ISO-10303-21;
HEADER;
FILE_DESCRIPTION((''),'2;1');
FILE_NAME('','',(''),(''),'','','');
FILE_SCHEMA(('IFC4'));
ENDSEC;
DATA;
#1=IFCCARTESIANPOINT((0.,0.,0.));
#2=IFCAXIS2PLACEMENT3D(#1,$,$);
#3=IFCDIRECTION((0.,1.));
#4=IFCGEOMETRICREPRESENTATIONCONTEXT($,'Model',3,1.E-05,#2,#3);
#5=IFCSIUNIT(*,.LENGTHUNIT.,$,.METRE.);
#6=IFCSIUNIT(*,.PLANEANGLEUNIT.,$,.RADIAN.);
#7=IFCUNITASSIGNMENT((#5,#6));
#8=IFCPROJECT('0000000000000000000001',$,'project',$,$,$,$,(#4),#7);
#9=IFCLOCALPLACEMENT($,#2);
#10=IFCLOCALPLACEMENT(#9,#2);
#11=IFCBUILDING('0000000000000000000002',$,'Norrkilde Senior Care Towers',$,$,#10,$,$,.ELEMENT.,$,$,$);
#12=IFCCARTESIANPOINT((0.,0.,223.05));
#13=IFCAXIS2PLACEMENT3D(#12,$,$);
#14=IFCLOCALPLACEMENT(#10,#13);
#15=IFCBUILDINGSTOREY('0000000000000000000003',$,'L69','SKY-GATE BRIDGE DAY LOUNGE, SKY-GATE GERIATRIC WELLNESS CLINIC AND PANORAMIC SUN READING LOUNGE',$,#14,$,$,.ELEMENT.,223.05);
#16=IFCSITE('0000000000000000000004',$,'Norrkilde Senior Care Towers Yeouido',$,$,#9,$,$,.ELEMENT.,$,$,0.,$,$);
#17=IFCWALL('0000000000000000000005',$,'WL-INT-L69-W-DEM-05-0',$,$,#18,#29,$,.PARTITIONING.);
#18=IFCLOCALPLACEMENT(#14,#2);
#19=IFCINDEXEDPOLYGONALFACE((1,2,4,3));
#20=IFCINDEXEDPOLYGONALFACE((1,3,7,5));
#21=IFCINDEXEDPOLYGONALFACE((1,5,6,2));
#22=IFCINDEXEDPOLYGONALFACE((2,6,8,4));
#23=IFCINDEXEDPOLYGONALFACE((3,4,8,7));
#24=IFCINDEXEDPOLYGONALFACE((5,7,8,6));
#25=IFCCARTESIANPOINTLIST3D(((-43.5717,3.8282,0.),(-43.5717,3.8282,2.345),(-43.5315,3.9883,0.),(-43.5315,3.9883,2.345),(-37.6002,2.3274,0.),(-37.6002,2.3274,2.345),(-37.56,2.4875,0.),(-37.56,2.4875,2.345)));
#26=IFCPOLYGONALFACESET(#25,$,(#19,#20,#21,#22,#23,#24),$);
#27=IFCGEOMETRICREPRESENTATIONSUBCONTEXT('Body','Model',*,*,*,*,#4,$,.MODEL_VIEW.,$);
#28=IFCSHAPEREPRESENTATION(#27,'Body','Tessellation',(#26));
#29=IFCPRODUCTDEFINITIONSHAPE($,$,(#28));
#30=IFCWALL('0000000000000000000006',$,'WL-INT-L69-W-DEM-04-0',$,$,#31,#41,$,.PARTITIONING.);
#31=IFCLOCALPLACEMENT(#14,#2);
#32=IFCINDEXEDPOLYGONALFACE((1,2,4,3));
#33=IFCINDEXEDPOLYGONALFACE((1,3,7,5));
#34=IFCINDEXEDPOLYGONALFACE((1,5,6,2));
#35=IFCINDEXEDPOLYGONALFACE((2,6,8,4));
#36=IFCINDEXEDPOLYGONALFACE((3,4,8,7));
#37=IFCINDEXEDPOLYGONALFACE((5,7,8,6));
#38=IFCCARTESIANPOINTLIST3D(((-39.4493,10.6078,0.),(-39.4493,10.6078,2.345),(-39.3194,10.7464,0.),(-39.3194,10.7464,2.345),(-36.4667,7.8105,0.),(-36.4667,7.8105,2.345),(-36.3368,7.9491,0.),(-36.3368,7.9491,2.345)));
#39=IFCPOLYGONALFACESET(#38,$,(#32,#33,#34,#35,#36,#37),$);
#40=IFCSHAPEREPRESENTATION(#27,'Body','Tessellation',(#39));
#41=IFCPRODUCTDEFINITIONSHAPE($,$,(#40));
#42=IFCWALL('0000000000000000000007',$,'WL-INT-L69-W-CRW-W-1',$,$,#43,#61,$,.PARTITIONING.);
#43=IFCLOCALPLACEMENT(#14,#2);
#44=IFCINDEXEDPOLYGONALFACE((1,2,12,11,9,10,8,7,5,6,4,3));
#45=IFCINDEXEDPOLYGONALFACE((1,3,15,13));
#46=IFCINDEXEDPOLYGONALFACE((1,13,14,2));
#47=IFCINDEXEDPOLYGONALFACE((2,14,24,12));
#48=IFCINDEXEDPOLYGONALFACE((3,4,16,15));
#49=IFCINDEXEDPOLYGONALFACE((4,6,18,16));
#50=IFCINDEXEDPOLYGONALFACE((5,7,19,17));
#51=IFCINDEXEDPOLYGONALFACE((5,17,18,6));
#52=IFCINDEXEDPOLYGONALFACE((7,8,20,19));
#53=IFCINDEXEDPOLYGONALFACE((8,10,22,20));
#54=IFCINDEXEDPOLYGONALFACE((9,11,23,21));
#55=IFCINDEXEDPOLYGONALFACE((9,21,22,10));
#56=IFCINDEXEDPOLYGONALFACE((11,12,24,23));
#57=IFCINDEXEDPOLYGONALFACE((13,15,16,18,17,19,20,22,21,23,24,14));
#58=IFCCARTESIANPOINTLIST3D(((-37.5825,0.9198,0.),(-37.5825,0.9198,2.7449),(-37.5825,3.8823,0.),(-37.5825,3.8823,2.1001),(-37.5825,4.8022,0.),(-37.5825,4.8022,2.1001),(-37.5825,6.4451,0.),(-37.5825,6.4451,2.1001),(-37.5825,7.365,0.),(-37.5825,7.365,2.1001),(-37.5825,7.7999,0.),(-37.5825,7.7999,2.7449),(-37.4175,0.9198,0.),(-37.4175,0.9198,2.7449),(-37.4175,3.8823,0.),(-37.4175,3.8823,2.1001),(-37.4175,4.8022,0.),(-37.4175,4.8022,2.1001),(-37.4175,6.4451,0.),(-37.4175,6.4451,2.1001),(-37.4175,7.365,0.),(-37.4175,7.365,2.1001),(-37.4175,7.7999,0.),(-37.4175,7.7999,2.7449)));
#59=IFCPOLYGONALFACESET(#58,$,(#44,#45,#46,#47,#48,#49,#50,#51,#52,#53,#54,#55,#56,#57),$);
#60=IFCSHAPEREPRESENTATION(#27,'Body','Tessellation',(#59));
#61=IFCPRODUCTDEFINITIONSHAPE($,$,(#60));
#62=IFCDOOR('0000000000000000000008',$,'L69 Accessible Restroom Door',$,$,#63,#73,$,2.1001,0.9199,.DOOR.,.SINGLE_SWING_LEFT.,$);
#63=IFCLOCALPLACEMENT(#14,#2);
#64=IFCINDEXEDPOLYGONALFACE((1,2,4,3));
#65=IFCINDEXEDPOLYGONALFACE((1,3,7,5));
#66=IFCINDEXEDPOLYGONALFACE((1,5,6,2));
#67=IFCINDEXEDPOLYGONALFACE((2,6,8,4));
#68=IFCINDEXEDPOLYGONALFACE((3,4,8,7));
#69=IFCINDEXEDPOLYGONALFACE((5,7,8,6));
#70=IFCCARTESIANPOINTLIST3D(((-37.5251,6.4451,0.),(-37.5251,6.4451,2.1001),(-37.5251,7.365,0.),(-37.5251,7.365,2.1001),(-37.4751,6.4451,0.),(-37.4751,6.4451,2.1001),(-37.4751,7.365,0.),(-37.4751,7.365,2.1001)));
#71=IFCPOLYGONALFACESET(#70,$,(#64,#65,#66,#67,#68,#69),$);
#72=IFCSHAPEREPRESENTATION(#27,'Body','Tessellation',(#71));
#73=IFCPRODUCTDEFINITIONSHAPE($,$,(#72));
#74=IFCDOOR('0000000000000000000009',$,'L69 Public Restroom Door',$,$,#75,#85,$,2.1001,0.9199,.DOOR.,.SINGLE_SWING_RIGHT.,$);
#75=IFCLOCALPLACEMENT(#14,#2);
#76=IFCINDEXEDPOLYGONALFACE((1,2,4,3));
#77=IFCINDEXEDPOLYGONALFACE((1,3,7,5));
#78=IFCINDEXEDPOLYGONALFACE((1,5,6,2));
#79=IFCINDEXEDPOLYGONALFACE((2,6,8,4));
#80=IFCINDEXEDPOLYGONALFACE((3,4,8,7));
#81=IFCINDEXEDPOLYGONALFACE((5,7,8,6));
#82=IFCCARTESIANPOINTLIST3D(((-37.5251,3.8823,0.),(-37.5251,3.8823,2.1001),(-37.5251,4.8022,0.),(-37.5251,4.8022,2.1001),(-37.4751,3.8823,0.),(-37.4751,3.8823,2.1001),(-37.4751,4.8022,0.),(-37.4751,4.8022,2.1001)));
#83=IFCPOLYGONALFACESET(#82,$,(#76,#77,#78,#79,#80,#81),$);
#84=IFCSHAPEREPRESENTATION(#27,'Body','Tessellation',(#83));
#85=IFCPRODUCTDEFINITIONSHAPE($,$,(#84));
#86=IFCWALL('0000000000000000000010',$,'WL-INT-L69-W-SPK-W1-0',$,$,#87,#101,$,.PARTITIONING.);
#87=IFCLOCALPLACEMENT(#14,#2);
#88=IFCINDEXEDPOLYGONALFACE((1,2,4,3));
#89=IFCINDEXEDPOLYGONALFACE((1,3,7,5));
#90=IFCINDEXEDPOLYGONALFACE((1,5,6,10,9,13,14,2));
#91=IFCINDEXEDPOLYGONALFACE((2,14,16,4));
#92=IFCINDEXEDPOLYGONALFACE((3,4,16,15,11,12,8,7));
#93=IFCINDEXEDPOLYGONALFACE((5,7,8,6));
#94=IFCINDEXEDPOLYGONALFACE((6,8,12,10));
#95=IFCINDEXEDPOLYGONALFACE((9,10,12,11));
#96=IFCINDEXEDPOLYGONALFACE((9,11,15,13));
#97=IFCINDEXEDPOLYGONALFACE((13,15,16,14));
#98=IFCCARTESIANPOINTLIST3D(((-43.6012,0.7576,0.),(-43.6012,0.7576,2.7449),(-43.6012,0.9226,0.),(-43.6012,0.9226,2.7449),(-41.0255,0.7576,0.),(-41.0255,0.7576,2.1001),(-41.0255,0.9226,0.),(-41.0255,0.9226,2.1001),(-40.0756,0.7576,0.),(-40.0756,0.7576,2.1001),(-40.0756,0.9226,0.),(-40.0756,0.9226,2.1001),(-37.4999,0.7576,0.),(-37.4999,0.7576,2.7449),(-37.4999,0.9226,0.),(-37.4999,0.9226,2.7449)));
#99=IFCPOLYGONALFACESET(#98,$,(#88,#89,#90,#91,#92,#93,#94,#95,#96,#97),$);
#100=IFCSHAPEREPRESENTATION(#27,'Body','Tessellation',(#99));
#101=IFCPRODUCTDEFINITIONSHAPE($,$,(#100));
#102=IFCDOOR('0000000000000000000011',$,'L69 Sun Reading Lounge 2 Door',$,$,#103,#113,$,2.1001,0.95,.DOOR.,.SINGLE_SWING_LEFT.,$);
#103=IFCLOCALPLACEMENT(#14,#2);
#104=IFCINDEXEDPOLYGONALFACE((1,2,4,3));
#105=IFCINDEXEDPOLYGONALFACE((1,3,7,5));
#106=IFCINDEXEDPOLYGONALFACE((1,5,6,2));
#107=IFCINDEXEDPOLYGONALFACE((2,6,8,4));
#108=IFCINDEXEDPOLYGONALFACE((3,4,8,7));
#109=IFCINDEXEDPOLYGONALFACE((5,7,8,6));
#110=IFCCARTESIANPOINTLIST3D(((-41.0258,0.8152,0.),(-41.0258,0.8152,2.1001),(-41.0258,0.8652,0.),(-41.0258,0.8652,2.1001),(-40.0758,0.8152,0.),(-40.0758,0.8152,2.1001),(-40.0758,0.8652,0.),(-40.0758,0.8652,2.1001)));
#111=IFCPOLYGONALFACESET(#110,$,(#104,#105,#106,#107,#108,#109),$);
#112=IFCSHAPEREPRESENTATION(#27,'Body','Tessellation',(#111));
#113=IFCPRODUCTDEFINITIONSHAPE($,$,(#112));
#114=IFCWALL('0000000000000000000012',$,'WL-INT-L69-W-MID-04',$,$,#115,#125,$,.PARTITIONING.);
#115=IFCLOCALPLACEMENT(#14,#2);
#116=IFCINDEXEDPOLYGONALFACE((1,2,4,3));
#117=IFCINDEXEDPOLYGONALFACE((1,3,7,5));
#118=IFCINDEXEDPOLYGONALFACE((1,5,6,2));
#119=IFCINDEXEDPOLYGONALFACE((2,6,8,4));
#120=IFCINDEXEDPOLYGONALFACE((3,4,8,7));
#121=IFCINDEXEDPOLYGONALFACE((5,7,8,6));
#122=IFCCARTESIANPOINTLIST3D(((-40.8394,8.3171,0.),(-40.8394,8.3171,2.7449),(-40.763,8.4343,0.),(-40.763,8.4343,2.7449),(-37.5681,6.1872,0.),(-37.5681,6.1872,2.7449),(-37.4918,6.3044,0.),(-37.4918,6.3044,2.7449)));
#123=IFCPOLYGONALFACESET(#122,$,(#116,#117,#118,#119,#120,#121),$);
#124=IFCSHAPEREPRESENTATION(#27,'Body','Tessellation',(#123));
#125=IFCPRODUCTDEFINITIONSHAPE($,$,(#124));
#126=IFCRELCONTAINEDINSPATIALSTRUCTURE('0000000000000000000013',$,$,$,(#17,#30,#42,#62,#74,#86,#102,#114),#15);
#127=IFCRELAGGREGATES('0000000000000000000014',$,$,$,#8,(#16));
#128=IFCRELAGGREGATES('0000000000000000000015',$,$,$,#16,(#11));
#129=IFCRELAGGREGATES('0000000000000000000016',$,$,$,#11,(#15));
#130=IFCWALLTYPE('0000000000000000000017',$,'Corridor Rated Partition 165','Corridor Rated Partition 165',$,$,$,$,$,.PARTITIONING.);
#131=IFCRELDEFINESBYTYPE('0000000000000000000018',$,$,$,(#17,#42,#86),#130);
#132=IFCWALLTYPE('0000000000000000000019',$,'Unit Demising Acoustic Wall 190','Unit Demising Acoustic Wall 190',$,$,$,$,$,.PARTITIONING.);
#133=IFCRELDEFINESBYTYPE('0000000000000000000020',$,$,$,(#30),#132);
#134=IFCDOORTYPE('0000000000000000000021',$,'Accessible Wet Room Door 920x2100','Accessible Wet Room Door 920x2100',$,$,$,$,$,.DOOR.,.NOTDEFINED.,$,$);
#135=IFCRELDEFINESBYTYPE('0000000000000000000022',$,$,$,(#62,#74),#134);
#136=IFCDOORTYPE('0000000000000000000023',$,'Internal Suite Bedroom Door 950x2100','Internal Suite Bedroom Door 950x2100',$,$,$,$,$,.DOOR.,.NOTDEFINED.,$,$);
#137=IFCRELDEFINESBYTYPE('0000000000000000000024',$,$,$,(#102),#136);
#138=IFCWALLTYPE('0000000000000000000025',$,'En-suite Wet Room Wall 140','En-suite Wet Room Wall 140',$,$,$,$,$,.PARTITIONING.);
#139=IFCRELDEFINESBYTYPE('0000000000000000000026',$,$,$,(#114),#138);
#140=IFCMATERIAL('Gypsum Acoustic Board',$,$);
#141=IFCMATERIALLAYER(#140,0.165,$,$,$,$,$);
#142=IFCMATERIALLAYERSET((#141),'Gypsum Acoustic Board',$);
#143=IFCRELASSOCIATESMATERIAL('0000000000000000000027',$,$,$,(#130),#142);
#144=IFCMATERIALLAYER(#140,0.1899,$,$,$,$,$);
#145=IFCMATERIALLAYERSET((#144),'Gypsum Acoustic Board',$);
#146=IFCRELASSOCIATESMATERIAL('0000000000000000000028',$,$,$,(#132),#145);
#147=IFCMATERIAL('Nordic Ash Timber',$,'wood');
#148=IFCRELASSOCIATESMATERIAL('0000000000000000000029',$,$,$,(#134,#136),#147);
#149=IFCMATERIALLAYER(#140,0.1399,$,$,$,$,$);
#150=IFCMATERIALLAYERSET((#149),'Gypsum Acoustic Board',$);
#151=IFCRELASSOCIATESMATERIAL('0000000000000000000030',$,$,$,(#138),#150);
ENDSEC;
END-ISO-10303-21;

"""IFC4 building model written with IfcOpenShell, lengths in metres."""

from ifc_helpers import new_model, si_unit, direction, frame, frame_2d, origin, place, context, subcontext, project, spatial, rectangle, extrude, source, transform, mapped, material, layer, layer_set, type_object, type_shapes, element, fill, save


model = new_model("IFC4")

# Units and contexts
model_context = context("Model", 3, precision=1e-05, world=origin(), true_north=direction((0.0, 1.0)))
body_context = subcontext(model_context, "Body", "Model", "MODEL_VIEW")
ifc_project = project(units=[si_unit("LENGTHUNIT", "METRE"), si_unit("PLANEANGLEUNIT", "RADIAN")], contexts=[model_context])

# Site, building, storey
site_placement = place(None, origin())
site = spatial("IfcSite", under=ifc_project, at=site_placement, Name="Norrkilde Senior Care Towers Yeouido", CompositionType="ELEMENT", RefElevation=0.0)
building_placement = place(site_placement, origin())
building = spatial("IfcBuilding", under=site, at=building_placement, Name="Norrkilde Senior Care Towers", CompositionType="ELEMENT")
storey_placement = place(building_placement, frame((0.0, 0.0, 223.05)))
storey = spatial("IfcBuildingStorey", under=building, at=storey_placement, Name="L69", Description="SKY-GATE BRIDGE DAY LOUNGE, SKY-GATE GERIATRIC WELLNESS CLINIC AND PANORAMIC SUN READING LOUNGE", CompositionType="ELEMENT", Elevation=223.05)

# Walls
ifc_material_1 = material(Name="Gypsum Acoustic Board")
ifc_layer_1 = layer(ifc_material_1, 0.165)
ifc_layer_set_1 = layer_set([ifc_layer_1], Name="Gypsum Acoustic Board")
wall_type_1 = type_object("IfcWallType", Name="Corridor Rated Partition 165", Description="Corridor Rated Partition 165", PredefinedType="PARTITIONING", material=ifc_layer_set_1)
shared_shape_1 = source(origin(), body_context, "Body", "SweptSolid", [
    extrude(rectangle(XDim=6.1572, YDim=0.165, at=frame_2d((3.0786, 0.0))), origin(), (0.0, 0.0, 1.0), 2.345),
])
wall_1_placement = place(storey_placement, frame((-37.5801, 2.4075, 0.0), z_axis=(0.0, 0.0, 1.0), x_axis=(-0.969841, 0.243739, 0.0)))
element("IfcWall", 1, at=wall_1_placement, inside=storey, type_object=wall_type_1, Name="WL-INT-L69-W-DEM-05-0", PredefinedType="PARTITIONING", context=body_context, shape_type="MappedRepresentation", body=[
    mapped(shared_shape_1, transform((0.0, 0.0, 0.0), x_axis=(1.0, 0.0, 0.0), y_axis=(0.0, 1.0, 0.0), z_axis=(0.0, 0.0, 1.0), scale=1.0)),
])
ifc_layer_2 = layer(ifc_material_1, 0.1899)
ifc_layer_set_2 = layer_set([ifc_layer_2], Name="Gypsum Acoustic Board")
wall_type_2 = type_object("IfcWallType", Name="Unit Demising Acoustic Wall 190", Description="Unit Demising Acoustic Wall 190", PredefinedType="PARTITIONING", material=ifc_layer_set_2)
shared_shape_2 = source(origin(), body_context, "Body", "SweptSolid", [
    extrude(rectangle(XDim=4.0891, YDim=0.1899, at=frame_2d((2.0444, 0.0))), origin(), (0.0, 0.0, 1.0), 2.345),
])
type_shapes(wall_type_2, [shared_shape_2])
wall_2_placement = place(storey_placement, frame((-36.4019, 7.8799, 0.0), z_axis=(0.0, 0.0, 1.0), x_axis=(-0.729401, 0.684086, 0.0)))
element("IfcWall", 2, at=wall_2_placement, inside=storey, type_object=wall_type_2, Name="WL-INT-L69-W-DEM-04-0", PredefinedType="PARTITIONING", context=body_context, shape_type="MappedRepresentation", body=[
    mapped(shared_shape_2, transform((0.0, 0.0, 0.0), x_axis=(1.0, 0.0, 0.0), y_axis=(0.0, 1.0, 0.0), z_axis=(0.0, 0.0, 1.0), scale=1.0)),
])

# Wall, openings, doors
ifc_material_2 = material(Name="Nordic Ash Timber", Category="wood")
shared_shape_3 = source(origin(), body_context, "Body", "SweptSolid", [
    extrude(rectangle(XDim=6.8801, YDim=0.165, at=frame_2d((3.4399, 0.0))), origin(), (0.0, 0.0, 1.0), 2.7449),
])
wall_3_placement = place(storey_placement, frame((-37.5, 0.9199, 0.0), z_axis=(0.0, 0.0, 1.0), x_axis=(0.0, 1.0, 0.0)))
wall_3 = element("IfcWall", 3, at=wall_3_placement, inside=storey, type_object=wall_type_1, Name="WL-INT-L69-W-CRW-W-1", PredefinedType="PARTITIONING", context=body_context, shape_type="MappedRepresentation", body=[
    mapped(shared_shape_3, transform((0.0, 0.0, 0.0), x_axis=(1.0, 0.0, 0.0), y_axis=(0.0, 1.0, 0.0), z_axis=(0.0, 0.0, 1.0), scale=1.0)),
])
opening_1_placement = place(wall_3_placement, frame((5.5251, 0.0, 0.0)))
opening_1 = element("IfcOpeningElement", 4, at=opening_1_placement, cuts=wall_3, PredefinedType="OPENING", context=body_context, shape_type="SweptSolid", body=[
    extrude(rectangle(XDim=0.9199, YDim=2.1001, at=frame_2d((0.46, 1.05))), frame((0.0, 0.0925, 0.0), z_axis=(0.0, -1.0, 0.0), x_axis=(1.0, 0.0, 0.0)), (0.0, 0.0, 1.0), 0.1851),
])
opening_2_placement = place(wall_3_placement, frame((2.9624, 0.0, 0.0)))
opening_2 = element("IfcOpeningElement", 5, at=opening_2_placement, cuts=wall_3, PredefinedType="OPENING", context=body_context, shape_type="SweptSolid", body=[
    extrude(rectangle(XDim=0.9199, YDim=2.1001, at=frame_2d((0.46, 1.05))), frame((0.0, 0.0925, 0.0), z_axis=(0.0, -1.0, 0.0), x_axis=(1.0, 0.0, 0.0)), (0.0, 0.0, 1.0), 0.1851),
])
door_type_1 = type_object("IfcDoorType", Name="Accessible Wet Room Door 920x2100", Description="Accessible Wet Room Door 920x2100", OperationType="NOTDEFINED", PredefinedType="DOOR", material=ifc_material_2)
shared_shape_4 = source(origin(), body_context, "Body", "SweptSolid", [
    extrude(rectangle(XDim=0.9199, YDim=2.1001, at=frame_2d((0.46, 1.05))), frame((0.0, 0.0249, 0.0), z_axis=(0.0, -1.0, 0.0), x_axis=(1.0, 0.0, 0.0)), (0.0, 0.0, 1.0), 0.05),
])
type_shapes(door_type_1, [shared_shape_4])
door_1_placement = place(opening_1_placement, frame((0.9199, 0.0, 0.0), z_axis=(0.0, 0.0, 1.0), x_axis=(-1.0, 0.0, 0.0)))
door_1 = element("IfcDoor", 6, at=door_1_placement, inside=storey, type_object=door_type_1, Name="L69 Accessible Restroom Door", OperationType="SINGLE_SWING_LEFT", OverallHeight=2.1001, OverallWidth=0.9199, PredefinedType="DOOR", context=body_context, shape_type="MappedRepresentation", body=[
    mapped(shared_shape_4, transform((0.0, 0.0, 0.0), x_axis=(1.0, 0.0, 0.0), y_axis=(0.0, 1.0, 0.0), z_axis=(0.0, 0.0, 1.0), scale=1.0)),
])
fill(opening_1, door_1)
door_2_placement = place(opening_2_placement, frame((0.9199, 0.0, 0.0), z_axis=(0.0, 0.0, 1.0), x_axis=(-1.0, 0.0, 0.0)))
door_2 = element("IfcDoor", 7, at=door_2_placement, inside=storey, type_object=door_type_1, Name="L69 Public Restroom Door", OperationType="SINGLE_SWING_RIGHT", OverallHeight=2.1001, OverallWidth=0.9199, PredefinedType="DOOR", context=body_context, shape_type="MappedRepresentation", body=[
    mapped(shared_shape_4, transform((0.0, 0.0, 0.0), x_axis=(1.0, 0.0, 0.0), y_axis=(0.0, 1.0, 0.0), z_axis=(0.0, 0.0, 1.0), scale=1.0)),
])
fill(opening_2, door_2)

# Wall, opening, door
shared_shape_5 = source(origin(), body_context, "Body", "SweptSolid", [
    extrude(rectangle(XDim=6.1013, YDim=0.165, at=frame_2d((3.0508, 0.0))), origin(), (0.0, 0.0, 1.0), 2.7449),
])
wall_4_placement = place(storey_placement, frame((-43.6013, 0.8401, 0.0), z_axis=(0.0, 0.0, 1.0), x_axis=(1.0, 0.0, 0.0)))
wall_4 = element("IfcWall", 8, at=wall_4_placement, inside=storey, type_object=wall_type_1, Name="WL-INT-L69-W-SPK-W1-0", PredefinedType="PARTITIONING", context=body_context, shape_type="MappedRepresentation", body=[
    mapped(shared_shape_5, transform((0.0, 0.0, 0.0), x_axis=(1.0, 0.0, 0.0), y_axis=(0.0, 1.0, 0.0), z_axis=(0.0, 0.0, 1.0), scale=1.0)),
])
opening_3_placement = place(wall_4_placement, frame((2.5757, 0.0, 0.0)))
opening_3 = element("IfcOpeningElement", 9, at=opening_3_placement, cuts=wall_4, PredefinedType="OPENING", context=body_context, shape_type="SweptSolid", body=[
    extrude(rectangle(XDim=0.95, YDim=2.1001, at=frame_2d((0.4751, 1.05))), frame((0.0, 0.0925, 0.0), z_axis=(0.0, -1.0, 0.0), x_axis=(1.0, 0.0, 0.0)), (0.0, 0.0, 1.0), 0.1851),
])
door_type_2 = type_object("IfcDoorType", Name="Internal Suite Bedroom Door 950x2100", Description="Internal Suite Bedroom Door 950x2100", OperationType="NOTDEFINED", PredefinedType="DOOR", material=ifc_material_2)
shared_shape_6 = source(origin(), body_context, "Body", "SweptSolid", [
    extrude(rectangle(XDim=0.95, YDim=2.1001, at=frame_2d((0.4751, 1.05))), frame((0.0, 0.0249, 0.0), z_axis=(0.0, -1.0, 0.0), x_axis=(1.0, 0.0, 0.0)), (0.0, 0.0, 1.0), 0.05),
])
type_shapes(door_type_2, [shared_shape_6])
door_3_placement = place(opening_3_placement, frame((0.95, 0.0, 0.0), z_axis=(0.0, 0.0, 1.0), x_axis=(-1.0, 0.0, 0.0)))
door_3 = element("IfcDoor", 10, at=door_3_placement, inside=storey, type_object=door_type_2, Name="L69 Sun Reading Lounge 2 Door", OperationType="SINGLE_SWING_LEFT", OverallHeight=2.1001, OverallWidth=0.95, PredefinedType="DOOR", context=body_context, shape_type="MappedRepresentation", body=[
    mapped(shared_shape_6, transform((0.0, 0.0, 0.0), x_axis=(1.0, 0.0, 0.0), y_axis=(0.0, 1.0, 0.0), z_axis=(0.0, 0.0, 1.0), scale=1.0)),
])
fill(opening_3, door_3)

# Wall
ifc_layer_3 = layer(ifc_material_1, 0.1399)
ifc_layer_set_3 = layer_set([ifc_layer_3], Name="Gypsum Acoustic Board")
wall_type_3 = type_object("IfcWallType", Name="En-suite Wet Room Wall 140", Description="En-suite Wet Room Wall 140", PredefinedType="PARTITIONING", material=ifc_layer_set_3)
shared_shape_7 = source(origin(), body_context, "Body", "SweptSolid", [
    extrude(rectangle(XDim=3.9036, YDim=0.1399, at=frame_2d((1.9517, 0.0))), origin(), (0.0, 0.0, 1.0), 2.7449),
])
type_shapes(wall_type_3, [shared_shape_7])
wall_5_placement = place(storey_placement, frame((-37.53, 6.2458, 0.0), z_axis=(0.0, 0.0, 1.0), x_axis=(-0.838025, 0.545632, 0.0)))
element("IfcWall", 11, at=wall_5_placement, inside=storey, type_object=wall_type_3, Name="WL-INT-L69-W-MID-04", PredefinedType="PARTITIONING", context=body_context, shape_type="MappedRepresentation", body=[
    mapped(shared_shape_7, transform((0.0, 0.0, 0.0), x_axis=(1.0, 0.0, 0.0), y_axis=(0.0, 1.0, 0.0), z_axis=(0.0, 0.0, 1.0), scale=1.0)),
])

save(model, "model.ifc")
